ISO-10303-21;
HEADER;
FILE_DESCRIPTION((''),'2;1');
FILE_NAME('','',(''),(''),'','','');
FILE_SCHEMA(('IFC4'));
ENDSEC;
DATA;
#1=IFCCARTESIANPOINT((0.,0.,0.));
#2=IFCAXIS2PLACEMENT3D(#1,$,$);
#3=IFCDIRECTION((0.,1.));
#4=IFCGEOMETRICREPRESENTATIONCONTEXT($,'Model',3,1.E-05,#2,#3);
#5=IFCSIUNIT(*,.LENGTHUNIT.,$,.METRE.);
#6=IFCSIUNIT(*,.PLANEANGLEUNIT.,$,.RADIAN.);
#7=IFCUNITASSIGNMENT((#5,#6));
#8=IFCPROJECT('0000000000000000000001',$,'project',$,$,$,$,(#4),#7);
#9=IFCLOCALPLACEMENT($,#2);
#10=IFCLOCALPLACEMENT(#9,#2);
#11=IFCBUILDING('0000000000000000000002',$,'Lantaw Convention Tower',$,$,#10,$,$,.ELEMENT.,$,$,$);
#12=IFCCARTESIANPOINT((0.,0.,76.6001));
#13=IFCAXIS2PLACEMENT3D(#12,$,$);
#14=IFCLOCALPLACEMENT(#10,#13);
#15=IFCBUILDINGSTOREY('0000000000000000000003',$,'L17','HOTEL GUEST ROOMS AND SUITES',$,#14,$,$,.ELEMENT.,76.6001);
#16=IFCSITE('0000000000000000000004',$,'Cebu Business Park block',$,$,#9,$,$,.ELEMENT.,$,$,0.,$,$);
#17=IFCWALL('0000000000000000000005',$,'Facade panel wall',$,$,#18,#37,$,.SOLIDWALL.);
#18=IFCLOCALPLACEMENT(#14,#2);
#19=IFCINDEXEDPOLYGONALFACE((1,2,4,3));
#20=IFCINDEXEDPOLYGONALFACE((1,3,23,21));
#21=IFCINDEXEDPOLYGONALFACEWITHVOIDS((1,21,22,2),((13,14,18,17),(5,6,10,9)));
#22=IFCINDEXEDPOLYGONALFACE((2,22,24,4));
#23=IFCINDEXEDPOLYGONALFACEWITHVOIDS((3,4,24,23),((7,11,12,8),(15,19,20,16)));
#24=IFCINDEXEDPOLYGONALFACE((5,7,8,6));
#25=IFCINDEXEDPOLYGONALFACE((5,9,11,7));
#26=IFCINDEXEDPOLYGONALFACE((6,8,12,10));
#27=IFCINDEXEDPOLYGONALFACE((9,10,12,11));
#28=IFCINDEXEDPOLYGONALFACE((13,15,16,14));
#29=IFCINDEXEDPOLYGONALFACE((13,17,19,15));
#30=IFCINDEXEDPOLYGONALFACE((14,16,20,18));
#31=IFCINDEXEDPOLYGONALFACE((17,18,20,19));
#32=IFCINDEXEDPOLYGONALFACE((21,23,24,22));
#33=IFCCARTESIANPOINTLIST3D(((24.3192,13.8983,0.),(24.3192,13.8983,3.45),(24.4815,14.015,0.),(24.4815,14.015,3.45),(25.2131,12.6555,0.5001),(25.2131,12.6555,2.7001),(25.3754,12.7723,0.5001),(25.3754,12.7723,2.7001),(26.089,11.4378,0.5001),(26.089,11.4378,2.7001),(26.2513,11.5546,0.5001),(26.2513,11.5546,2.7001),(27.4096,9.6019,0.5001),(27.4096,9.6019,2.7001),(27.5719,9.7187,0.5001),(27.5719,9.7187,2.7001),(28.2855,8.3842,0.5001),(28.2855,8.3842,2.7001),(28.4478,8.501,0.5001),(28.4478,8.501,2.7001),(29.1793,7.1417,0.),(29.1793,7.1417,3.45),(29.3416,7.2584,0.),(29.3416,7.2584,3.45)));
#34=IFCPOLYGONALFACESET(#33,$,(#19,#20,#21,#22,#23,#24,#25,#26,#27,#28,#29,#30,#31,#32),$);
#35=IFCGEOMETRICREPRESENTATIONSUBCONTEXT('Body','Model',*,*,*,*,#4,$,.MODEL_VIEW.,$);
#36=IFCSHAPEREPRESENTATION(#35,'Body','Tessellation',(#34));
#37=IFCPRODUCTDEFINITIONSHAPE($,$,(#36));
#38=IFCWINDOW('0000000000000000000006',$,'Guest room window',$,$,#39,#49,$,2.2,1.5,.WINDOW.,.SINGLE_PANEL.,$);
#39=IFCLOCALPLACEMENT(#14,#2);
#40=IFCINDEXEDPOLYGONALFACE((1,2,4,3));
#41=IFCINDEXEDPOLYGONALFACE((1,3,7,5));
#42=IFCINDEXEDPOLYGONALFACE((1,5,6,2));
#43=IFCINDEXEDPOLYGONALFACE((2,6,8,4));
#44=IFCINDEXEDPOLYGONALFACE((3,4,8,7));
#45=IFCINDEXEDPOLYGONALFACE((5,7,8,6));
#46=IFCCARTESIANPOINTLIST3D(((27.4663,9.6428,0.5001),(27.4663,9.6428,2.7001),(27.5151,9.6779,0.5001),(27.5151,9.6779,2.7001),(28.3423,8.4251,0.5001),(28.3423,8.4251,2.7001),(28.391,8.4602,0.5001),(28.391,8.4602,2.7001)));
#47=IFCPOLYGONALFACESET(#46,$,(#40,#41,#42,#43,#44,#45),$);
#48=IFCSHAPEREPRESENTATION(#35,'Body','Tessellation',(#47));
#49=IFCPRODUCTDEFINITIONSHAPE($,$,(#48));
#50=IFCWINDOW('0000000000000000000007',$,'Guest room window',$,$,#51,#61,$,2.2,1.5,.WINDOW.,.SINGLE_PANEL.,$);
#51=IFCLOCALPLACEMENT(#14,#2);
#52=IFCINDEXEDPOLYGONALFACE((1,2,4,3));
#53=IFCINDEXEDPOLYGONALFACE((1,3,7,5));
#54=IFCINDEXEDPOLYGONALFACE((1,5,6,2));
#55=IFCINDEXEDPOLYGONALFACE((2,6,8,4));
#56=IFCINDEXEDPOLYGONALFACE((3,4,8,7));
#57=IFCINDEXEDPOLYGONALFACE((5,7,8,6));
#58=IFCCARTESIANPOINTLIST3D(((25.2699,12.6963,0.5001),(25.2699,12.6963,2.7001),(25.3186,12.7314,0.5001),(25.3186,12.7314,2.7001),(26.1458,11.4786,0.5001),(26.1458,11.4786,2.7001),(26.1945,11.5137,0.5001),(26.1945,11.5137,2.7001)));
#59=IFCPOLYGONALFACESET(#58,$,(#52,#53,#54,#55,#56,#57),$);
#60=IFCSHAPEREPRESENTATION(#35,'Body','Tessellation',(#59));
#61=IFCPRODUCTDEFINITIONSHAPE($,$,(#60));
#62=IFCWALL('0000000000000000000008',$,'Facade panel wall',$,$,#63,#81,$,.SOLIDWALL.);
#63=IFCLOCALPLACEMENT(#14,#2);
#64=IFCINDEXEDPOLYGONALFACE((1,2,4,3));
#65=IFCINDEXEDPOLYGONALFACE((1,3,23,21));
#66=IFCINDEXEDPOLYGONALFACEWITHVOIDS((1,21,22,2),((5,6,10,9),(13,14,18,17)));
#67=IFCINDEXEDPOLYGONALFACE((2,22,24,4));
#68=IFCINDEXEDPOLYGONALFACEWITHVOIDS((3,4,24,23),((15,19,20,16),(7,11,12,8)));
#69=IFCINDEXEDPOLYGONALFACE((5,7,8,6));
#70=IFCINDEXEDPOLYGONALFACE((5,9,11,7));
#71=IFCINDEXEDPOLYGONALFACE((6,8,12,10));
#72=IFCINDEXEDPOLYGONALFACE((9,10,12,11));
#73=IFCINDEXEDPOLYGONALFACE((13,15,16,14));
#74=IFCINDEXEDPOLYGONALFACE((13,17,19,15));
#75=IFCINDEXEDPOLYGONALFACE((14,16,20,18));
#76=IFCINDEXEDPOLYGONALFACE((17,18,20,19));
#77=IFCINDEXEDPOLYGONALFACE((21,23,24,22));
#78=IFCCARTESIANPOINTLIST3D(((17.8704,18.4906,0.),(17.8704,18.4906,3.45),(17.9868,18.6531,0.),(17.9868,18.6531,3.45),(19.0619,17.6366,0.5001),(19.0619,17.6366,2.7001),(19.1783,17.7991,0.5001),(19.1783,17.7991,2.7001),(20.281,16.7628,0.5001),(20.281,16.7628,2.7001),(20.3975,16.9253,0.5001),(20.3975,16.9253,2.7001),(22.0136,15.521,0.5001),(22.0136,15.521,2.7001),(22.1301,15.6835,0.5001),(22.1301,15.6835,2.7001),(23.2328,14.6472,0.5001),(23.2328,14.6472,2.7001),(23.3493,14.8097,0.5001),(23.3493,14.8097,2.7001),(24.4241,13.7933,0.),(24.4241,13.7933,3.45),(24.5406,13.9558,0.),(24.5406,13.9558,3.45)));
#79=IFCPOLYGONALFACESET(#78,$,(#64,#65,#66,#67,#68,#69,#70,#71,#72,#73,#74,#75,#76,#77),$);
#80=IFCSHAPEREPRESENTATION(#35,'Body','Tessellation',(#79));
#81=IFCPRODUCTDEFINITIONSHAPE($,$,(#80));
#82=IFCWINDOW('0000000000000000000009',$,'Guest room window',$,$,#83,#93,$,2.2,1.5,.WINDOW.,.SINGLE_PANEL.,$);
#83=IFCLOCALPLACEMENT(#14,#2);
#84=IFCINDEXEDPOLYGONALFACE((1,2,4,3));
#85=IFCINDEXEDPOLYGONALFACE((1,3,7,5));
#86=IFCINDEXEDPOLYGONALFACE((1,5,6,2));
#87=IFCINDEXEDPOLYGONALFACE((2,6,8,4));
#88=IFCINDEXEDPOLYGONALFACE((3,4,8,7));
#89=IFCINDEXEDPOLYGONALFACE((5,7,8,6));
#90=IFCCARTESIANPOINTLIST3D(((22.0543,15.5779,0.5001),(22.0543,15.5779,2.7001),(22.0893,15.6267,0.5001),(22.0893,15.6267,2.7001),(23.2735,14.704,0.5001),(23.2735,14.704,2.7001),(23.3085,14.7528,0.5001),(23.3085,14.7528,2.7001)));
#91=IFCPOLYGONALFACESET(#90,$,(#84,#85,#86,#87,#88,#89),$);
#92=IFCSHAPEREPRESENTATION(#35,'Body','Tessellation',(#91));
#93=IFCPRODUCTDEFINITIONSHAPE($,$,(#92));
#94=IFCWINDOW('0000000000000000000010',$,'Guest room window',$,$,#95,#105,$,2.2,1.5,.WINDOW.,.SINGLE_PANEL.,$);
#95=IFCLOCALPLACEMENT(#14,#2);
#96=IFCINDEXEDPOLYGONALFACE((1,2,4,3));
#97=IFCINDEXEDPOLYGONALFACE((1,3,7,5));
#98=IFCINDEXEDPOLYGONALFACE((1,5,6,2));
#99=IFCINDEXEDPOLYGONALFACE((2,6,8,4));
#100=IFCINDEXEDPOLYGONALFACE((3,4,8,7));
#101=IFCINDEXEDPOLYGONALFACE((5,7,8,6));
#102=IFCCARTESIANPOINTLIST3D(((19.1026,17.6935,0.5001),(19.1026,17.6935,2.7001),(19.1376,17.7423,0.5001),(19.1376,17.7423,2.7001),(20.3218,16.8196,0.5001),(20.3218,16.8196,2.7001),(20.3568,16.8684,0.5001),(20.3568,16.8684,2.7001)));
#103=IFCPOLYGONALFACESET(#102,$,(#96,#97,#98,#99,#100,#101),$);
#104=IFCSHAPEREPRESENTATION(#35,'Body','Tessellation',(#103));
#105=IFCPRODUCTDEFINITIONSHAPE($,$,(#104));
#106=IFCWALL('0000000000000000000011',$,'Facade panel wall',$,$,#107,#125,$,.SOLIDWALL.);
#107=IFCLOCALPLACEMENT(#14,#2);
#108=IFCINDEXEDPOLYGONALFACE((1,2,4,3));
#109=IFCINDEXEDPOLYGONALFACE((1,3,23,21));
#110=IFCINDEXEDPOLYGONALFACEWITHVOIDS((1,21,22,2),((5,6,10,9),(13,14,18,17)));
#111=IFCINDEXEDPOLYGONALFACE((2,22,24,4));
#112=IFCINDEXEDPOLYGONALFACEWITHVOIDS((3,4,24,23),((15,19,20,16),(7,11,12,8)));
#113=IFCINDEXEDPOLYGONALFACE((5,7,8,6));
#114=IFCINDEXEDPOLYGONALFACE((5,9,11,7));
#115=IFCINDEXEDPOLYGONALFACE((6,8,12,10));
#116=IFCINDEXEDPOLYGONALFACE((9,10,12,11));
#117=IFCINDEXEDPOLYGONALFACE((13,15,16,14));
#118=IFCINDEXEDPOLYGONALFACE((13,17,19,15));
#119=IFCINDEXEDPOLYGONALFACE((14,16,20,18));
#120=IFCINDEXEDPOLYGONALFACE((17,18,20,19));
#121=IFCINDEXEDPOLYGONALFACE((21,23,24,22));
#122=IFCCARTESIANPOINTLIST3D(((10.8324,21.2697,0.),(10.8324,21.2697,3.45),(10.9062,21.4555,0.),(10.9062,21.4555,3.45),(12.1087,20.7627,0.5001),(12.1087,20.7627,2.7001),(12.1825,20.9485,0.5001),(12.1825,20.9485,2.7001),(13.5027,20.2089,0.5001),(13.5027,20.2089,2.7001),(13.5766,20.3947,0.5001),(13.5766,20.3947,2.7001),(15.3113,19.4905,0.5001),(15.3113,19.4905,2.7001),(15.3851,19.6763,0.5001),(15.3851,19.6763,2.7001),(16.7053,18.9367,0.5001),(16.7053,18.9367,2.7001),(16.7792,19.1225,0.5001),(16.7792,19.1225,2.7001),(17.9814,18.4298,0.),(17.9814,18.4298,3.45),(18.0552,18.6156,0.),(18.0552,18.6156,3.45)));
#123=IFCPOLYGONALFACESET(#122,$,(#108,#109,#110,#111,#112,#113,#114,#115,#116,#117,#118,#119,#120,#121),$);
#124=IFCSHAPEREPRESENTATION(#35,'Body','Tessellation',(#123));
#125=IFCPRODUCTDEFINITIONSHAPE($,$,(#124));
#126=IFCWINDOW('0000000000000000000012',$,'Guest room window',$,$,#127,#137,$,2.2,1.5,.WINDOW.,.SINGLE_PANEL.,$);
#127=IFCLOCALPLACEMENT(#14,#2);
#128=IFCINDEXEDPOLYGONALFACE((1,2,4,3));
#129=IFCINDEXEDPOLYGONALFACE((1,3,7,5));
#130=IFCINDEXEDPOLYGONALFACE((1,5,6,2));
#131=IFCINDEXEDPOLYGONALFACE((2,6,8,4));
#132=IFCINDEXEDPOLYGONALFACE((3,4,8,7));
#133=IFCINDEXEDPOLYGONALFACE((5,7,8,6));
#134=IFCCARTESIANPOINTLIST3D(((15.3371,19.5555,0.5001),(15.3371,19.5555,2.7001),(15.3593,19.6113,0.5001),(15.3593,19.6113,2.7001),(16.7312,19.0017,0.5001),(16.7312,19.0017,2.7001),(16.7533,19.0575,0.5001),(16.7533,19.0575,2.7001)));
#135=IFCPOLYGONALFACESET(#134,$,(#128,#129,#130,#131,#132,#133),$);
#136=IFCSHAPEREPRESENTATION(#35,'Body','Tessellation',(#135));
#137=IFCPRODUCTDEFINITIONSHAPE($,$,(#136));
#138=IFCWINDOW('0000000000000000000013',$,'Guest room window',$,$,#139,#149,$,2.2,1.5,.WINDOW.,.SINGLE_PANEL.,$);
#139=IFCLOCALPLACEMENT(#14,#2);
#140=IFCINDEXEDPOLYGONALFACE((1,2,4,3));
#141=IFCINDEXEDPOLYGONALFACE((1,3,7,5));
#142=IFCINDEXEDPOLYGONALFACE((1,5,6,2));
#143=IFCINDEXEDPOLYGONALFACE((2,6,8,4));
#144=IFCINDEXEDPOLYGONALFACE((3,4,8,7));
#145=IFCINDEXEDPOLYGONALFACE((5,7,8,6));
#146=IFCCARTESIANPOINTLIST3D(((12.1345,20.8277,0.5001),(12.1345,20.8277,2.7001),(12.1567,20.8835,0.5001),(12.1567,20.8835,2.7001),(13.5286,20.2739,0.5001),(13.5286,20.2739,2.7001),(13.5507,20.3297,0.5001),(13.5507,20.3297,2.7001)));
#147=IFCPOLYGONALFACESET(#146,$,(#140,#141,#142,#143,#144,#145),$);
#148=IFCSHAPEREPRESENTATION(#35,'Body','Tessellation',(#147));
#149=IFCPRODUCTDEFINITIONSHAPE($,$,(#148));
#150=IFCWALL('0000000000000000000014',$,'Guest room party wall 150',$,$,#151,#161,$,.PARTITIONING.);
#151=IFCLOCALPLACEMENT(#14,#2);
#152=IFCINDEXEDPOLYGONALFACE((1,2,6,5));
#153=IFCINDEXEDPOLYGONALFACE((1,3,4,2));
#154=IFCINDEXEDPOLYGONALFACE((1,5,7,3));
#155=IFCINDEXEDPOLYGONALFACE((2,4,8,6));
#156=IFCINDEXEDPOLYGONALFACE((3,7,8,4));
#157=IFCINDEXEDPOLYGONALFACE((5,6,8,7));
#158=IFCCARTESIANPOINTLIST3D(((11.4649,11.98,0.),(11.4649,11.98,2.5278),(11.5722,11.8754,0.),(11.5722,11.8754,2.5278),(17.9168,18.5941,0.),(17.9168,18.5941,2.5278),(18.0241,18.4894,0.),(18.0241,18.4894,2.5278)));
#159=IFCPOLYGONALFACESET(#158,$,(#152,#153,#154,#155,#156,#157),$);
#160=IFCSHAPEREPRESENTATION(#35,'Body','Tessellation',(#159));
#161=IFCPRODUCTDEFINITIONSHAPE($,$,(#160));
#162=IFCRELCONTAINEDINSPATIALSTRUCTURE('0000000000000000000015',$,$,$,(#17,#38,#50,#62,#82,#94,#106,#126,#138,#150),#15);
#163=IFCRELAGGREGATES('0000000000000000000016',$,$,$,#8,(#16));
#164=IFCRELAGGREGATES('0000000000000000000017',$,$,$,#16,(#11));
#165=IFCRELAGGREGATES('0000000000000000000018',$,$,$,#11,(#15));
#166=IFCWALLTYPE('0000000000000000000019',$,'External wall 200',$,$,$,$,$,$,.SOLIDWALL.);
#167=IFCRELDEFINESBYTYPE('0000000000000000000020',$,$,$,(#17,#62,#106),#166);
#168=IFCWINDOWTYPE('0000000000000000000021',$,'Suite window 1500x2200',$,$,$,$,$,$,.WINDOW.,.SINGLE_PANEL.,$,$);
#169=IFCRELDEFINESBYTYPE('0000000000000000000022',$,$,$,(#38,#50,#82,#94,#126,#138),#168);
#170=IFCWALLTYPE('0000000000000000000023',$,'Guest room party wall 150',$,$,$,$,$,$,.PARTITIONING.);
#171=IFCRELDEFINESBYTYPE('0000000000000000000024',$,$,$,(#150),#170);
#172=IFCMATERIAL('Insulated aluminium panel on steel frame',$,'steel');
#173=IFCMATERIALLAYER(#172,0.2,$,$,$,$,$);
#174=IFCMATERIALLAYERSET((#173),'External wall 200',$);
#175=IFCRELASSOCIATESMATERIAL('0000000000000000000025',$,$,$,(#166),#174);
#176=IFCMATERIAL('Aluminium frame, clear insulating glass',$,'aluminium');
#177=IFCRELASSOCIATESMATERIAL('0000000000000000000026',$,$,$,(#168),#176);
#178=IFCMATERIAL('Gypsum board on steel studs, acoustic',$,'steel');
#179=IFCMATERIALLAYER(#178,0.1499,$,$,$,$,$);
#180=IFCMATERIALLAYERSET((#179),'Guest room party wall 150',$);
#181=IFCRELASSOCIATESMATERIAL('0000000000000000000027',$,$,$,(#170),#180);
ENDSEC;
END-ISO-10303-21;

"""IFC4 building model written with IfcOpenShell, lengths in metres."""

from ifc_helpers import new_model, si_unit, direction, frame, frame_2d, origin, place, context, subcontext, project, spatial, rectangle, extrude, material, layer, layer_set, type_object, element, fill, save


model = new_model("IFC4")

# Units and contexts
model_context = context("Model", 3, precision=1e-05, world=origin(), true_north=direction((0.0, 1.0)))
body_context = subcontext(model_context, "Body", "Model", "MODEL_VIEW")
ifc_project = project(units=[si_unit("LENGTHUNIT", "METRE"), si_unit("PLANEANGLEUNIT", "RADIAN")], contexts=[model_context])

# Site, building, storey
site_placement = place(None, origin())
site = spatial("IfcSite", under=ifc_project, at=site_placement, Name="Cebu Business Park block", CompositionType="ELEMENT", RefElevation=0.0)
building_placement = place(site_placement, origin())
building = spatial("IfcBuilding", under=site, at=building_placement, Name="Lantaw Convention Tower", CompositionType="ELEMENT")
storey_placement = place(building_placement, frame((0.0, 0.0, 76.6001)))
storey = spatial("IfcBuildingStorey", under=building, at=storey_placement, Name="L17", Description="HOTEL GUEST ROOMS AND SUITES", CompositionType="ELEMENT", Elevation=76.6001)

# Walls, openings, windows
ifc_material_1 = material(Name="Insulated aluminium panel on steel frame", Category="steel")
ifc_layer_1 = layer(ifc_material_1, 0.2)
ifc_layer_set_1 = layer_set([ifc_layer_1], Name="External wall 200")
wall_type_1 = type_object("IfcWallType", Name="External wall 200", PredefinedType="SOLIDWALL", material=ifc_layer_set_1)
wall_1_placement = place(storey_placement, frame((29.2605, 7.2, 0.0), z_axis=(0.0, 0.0, 1.0), x_axis=(-0.583938, 0.811799, 0.0)))
wall_1 = element("IfcWall", 1, at=wall_1_placement, inside=storey, type_object=wall_type_1, Name="Facade panel wall", PredefinedType="SOLIDWALL", context=body_context, shape_type="SweptSolid", body=[
    extrude(rectangle(XDim=8.323, YDim=0.2, at=frame_2d((4.1616, 0.0))), origin(), (0.0, 0.0, 1.0), 3.45),
])
opening_1_placement = place(wall_1_placement, frame((1.5308, 0.0, 0.5)))
opening_1 = element("IfcOpeningElement", 2, at=opening_1_placement, cuts=wall_1, PredefinedType="OPENING", context=body_context, shape_type="SweptSolid", body=[
    extrude(rectangle(XDim=1.5, YDim=2.2, at=frame_2d((0.75, 1.1001))), frame((0.0, 0.1099, 0.0), z_axis=(0.0, -1.0, 0.0), x_axis=(1.0, 0.0, 0.0)), (0.0, 0.0, 1.0), 0.22),
])
opening_2_placement = place(wall_1_placement, frame((5.2922, 0.0, 0.5)))
opening_2 = element("IfcOpeningElement", 3, at=opening_2_placement, cuts=wall_1, PredefinedType="OPENING", context=body_context, shape_type="SweptSolid", body=[
    extrude(rectangle(XDim=1.5, YDim=2.2, at=frame_2d((0.75, 1.1001))), frame((0.0, 0.1099, 0.0), z_axis=(0.0, -1.0, 0.0), x_axis=(1.0, 0.0, 0.0)), (0.0, 0.0, 1.0), 0.22),
])
ifc_material_2 = material(Name="Aluminium frame, clear insulating glass", Category="aluminium")
window_type = type_object("IfcWindowType", Name="Suite window 1500x2200", PartitioningType="SINGLE_PANEL", PredefinedType="WINDOW", material=ifc_material_2)
window_1_placement = place(opening_1_placement, origin())
window_1 = element("IfcWindow", 4, at=window_1_placement, inside=storey, type_object=window_type, Name="Guest room window", OverallHeight=2.2, OverallWidth=1.5, PartitioningType="SINGLE_PANEL", PredefinedType="WINDOW", context=body_context, shape_type="SweptSolid", body=[
    extrude(rectangle(XDim=1.5, YDim=2.2, at=frame_2d((0.75, 1.1001))), frame((0.0, 0.03, 0.0), z_axis=(0.0, -1.0, 0.0), x_axis=(1.0, 0.0, 0.0)), (0.0, 0.0, 1.0), 0.0601),
])
fill(opening_1, window_1)
window_2_placement = place(opening_2_placement, origin())
window_2 = element("IfcWindow", 5, at=window_2_placement, inside=storey, type_object=window_type, Name="Guest room window", OverallHeight=2.2, OverallWidth=1.5, PartitioningType="SINGLE_PANEL", PredefinedType="WINDOW", context=body_context, shape_type="SweptSolid", body=[
    extrude(rectangle(XDim=1.5, YDim=2.2, at=frame_2d((0.75, 1.1001))), frame((0.0, 0.03, 0.0), z_axis=(0.0, -1.0, 0.0), x_axis=(1.0, 0.0, 0.0)), (0.0, 0.0, 1.0), 0.0601),
])
fill(opening_2, window_2)
wall_2_placement = place(storey_placement, frame((24.4824, 13.8745, 0.0), z_axis=(0.0, 0.0, 1.0), x_axis=(-0.812791, 0.582555, 0.0)))
wall_2 = element("IfcWall", 6, at=wall_2_placement, inside=storey, type_object=wall_type_1, Name="Facade panel wall", PredefinedType="SOLIDWALL", context=body_context, shape_type="SweptSolid", body=[
    extrude(rectangle(XDim=8.0632, YDim=0.2, at=frame_2d((4.0317, 0.0))), origin(), (0.0, 0.0, 1.0), 3.45),
])
opening_3_placement = place(wall_2_placement, frame((1.4658, 0.0, 0.5)))
opening_3 = element("IfcOpeningElement", 7, at=opening_3_placement, cuts=wall_2, PredefinedType="OPENING", context=body_context, shape_type="SweptSolid", body=[
    extrude(rectangle(XDim=1.5, YDim=2.2, at=frame_2d((0.75, 1.1001))), frame((0.0, 0.1099, 0.0), z_axis=(0.0, -1.0, 0.0), x_axis=(1.0, 0.0, 0.0)), (0.0, 0.0, 1.0), 0.22),
])
opening_4_placement = place(wall_2_placement, frame((5.0974, 0.0, 0.5)))
opening_4 = element("IfcOpeningElement", 8, at=opening_4_placement, cuts=wall_2, PredefinedType="OPENING", context=body_context, shape_type="SweptSolid", body=[
    extrude(rectangle(XDim=1.5, YDim=2.2, at=frame_2d((0.75, 1.1001))), frame((0.0, 0.1099, 0.0), z_axis=(0.0, -1.0, 0.0), x_axis=(1.0, 0.0, 0.0)), (0.0, 0.0, 1.0), 0.22),
])
window_3_placement = place(opening_3_placement, origin())
window_3 = element("IfcWindow", 9, at=window_3_placement, inside=storey, type_object=window_type, Name="Guest room window", OverallHeight=2.2, OverallWidth=1.5, PartitioningType="SINGLE_PANEL", PredefinedType="WINDOW", context=body_context, shape_type="SweptSolid", body=[
    extrude(rectangle(XDim=1.5, YDim=2.2, at=frame_2d((0.75, 1.1001))), frame((0.0, 0.03, 0.0), z_axis=(0.0, -1.0, 0.0), x_axis=(1.0, 0.0, 0.0)), (0.0, 0.0, 1.0), 0.0601),
])
fill(opening_3, window_3)
window_4_placement = place(opening_4_placement, origin())
window_4 = element("IfcWindow", 10, at=window_4_placement, inside=storey, type_object=window_type, Name="Guest room window", OverallHeight=2.2, OverallWidth=1.5, PartitioningType="SINGLE_PANEL", PredefinedType="WINDOW", context=body_context, shape_type="SweptSolid", body=[
    extrude(rectangle(XDim=1.5, YDim=2.2, at=frame_2d((0.75, 1.1001))), frame((0.0, 0.03, 0.0), z_axis=(0.0, -1.0, 0.0), x_axis=(1.0, 0.0, 0.0)), (0.0, 0.0, 1.0), 0.0601),
])
fill(opening_4, window_4)
wall_3_placement = place(storey_placement, frame((18.0183, 18.5227, 0.0), z_axis=(0.0, 0.0, 1.0), x_axis=(-0.929358, 0.369179, 0.0)))
wall_3 = element("IfcWall", 11, at=wall_3_placement, inside=storey, type_object=wall_type_1, Name="Facade panel wall", PredefinedType="SOLIDWALL", context=body_context, shape_type="SweptSolid", body=[
    extrude(rectangle(XDim=7.6924, YDim=0.2, at=frame_2d((3.8462, 0.0))), origin(), (0.0, 0.0, 1.0), 3.45),
])
opening_5_placement = place(wall_3_placement, frame((1.373, 0.0, 0.5)))
opening_5 = element("IfcOpeningElement", 12, at=opening_5_placement, cuts=wall_3, PredefinedType="OPENING", context=body_context, shape_type="SweptSolid", body=[
    extrude(rectangle(XDim=1.5, YDim=2.2, at=frame_2d((0.75, 1.1001))), frame((0.0, 0.1099, 0.0), z_axis=(0.0, -1.0, 0.0), x_axis=(1.0, 0.0, 0.0)), (0.0, 0.0, 1.0), 0.22),
])
opening_6_placement = place(wall_3_placement, frame((4.8191, 0.0, 0.5)))
opening_6 = element("IfcOpeningElement", 13, at=opening_6_placement, cuts=wall_3, PredefinedType="OPENING", context=body_context, shape_type="SweptSolid", body=[
    extrude(rectangle(XDim=1.5, YDim=2.2, at=frame_2d((0.75, 1.1001))), frame((0.0, 0.1099, 0.0), z_axis=(0.0, -1.0, 0.0), x_axis=(1.0, 0.0, 0.0)), (0.0, 0.0, 1.0), 0.22),
])
window_5_placement = place(opening_5_placement, origin())
window_5 = element("IfcWindow", 14, at=window_5_placement, inside=storey, type_object=window_type, Name="Guest room window", OverallHeight=2.2, OverallWidth=1.5, PartitioningType="SINGLE_PANEL", PredefinedType="WINDOW", context=body_context, shape_type="SweptSolid", body=[
    extrude(rectangle(XDim=1.5, YDim=2.2, at=frame_2d((0.75, 1.1001))), frame((0.0, 0.03, 0.0), z_axis=(0.0, -1.0, 0.0), x_axis=(1.0, 0.0, 0.0)), (0.0, 0.0, 1.0), 0.0601),
])
fill(opening_5, window_5)
window_6_placement = place(opening_6_placement, origin())
window_6 = element("IfcWindow", 15, at=window_6_placement, inside=storey, type_object=window_type, Name="Guest room window", OverallHeight=2.2, OverallWidth=1.5, PartitioningType="SINGLE_PANEL", PredefinedType="WINDOW", context=body_context, shape_type="SweptSolid", body=[
    extrude(rectangle(XDim=1.5, YDim=2.2, at=frame_2d((0.75, 1.1001))), frame((0.0, 0.03, 0.0), z_axis=(0.0, -1.0, 0.0), x_axis=(1.0, 0.0, 0.0)), (0.0, 0.0, 1.0), 0.0601),
])
fill(opening_6, window_6)

# Wall
ifc_material_3 = material(Name="Gypsum board on steel studs, acoustic", Category="steel")
ifc_layer_2 = layer(ifc_material_3, 0.1499)
ifc_layer_set_2 = layer_set([ifc_layer_2], Name="Guest room party wall 150")
wall_type_2 = type_object("IfcWallType", Name="Guest room party wall 150", PredefinedType="PARTITIONING", material=ifc_layer_set_2)
wall_4_placement = place(storey_placement, frame((17.9705, 18.5417, 0.0), z_axis=(0.0, 0.0, 1.0), x_axis=(-0.69828, -0.715825, 0.0)))
element("IfcWall", 16, at=wall_4_placement, inside=storey, type_object=wall_type_2, Name="Guest room party wall 150", PredefinedType="PARTITIONING", context=body_context, shape_type="SweptSolid", body=[
    extrude(rectangle(XDim=9.2397, YDim=0.1499, at=frame_2d((4.6199, 0.0))), origin(), (0.0, 0.0, 1.0), 2.5278),
])

save(model, "model.ifc")
